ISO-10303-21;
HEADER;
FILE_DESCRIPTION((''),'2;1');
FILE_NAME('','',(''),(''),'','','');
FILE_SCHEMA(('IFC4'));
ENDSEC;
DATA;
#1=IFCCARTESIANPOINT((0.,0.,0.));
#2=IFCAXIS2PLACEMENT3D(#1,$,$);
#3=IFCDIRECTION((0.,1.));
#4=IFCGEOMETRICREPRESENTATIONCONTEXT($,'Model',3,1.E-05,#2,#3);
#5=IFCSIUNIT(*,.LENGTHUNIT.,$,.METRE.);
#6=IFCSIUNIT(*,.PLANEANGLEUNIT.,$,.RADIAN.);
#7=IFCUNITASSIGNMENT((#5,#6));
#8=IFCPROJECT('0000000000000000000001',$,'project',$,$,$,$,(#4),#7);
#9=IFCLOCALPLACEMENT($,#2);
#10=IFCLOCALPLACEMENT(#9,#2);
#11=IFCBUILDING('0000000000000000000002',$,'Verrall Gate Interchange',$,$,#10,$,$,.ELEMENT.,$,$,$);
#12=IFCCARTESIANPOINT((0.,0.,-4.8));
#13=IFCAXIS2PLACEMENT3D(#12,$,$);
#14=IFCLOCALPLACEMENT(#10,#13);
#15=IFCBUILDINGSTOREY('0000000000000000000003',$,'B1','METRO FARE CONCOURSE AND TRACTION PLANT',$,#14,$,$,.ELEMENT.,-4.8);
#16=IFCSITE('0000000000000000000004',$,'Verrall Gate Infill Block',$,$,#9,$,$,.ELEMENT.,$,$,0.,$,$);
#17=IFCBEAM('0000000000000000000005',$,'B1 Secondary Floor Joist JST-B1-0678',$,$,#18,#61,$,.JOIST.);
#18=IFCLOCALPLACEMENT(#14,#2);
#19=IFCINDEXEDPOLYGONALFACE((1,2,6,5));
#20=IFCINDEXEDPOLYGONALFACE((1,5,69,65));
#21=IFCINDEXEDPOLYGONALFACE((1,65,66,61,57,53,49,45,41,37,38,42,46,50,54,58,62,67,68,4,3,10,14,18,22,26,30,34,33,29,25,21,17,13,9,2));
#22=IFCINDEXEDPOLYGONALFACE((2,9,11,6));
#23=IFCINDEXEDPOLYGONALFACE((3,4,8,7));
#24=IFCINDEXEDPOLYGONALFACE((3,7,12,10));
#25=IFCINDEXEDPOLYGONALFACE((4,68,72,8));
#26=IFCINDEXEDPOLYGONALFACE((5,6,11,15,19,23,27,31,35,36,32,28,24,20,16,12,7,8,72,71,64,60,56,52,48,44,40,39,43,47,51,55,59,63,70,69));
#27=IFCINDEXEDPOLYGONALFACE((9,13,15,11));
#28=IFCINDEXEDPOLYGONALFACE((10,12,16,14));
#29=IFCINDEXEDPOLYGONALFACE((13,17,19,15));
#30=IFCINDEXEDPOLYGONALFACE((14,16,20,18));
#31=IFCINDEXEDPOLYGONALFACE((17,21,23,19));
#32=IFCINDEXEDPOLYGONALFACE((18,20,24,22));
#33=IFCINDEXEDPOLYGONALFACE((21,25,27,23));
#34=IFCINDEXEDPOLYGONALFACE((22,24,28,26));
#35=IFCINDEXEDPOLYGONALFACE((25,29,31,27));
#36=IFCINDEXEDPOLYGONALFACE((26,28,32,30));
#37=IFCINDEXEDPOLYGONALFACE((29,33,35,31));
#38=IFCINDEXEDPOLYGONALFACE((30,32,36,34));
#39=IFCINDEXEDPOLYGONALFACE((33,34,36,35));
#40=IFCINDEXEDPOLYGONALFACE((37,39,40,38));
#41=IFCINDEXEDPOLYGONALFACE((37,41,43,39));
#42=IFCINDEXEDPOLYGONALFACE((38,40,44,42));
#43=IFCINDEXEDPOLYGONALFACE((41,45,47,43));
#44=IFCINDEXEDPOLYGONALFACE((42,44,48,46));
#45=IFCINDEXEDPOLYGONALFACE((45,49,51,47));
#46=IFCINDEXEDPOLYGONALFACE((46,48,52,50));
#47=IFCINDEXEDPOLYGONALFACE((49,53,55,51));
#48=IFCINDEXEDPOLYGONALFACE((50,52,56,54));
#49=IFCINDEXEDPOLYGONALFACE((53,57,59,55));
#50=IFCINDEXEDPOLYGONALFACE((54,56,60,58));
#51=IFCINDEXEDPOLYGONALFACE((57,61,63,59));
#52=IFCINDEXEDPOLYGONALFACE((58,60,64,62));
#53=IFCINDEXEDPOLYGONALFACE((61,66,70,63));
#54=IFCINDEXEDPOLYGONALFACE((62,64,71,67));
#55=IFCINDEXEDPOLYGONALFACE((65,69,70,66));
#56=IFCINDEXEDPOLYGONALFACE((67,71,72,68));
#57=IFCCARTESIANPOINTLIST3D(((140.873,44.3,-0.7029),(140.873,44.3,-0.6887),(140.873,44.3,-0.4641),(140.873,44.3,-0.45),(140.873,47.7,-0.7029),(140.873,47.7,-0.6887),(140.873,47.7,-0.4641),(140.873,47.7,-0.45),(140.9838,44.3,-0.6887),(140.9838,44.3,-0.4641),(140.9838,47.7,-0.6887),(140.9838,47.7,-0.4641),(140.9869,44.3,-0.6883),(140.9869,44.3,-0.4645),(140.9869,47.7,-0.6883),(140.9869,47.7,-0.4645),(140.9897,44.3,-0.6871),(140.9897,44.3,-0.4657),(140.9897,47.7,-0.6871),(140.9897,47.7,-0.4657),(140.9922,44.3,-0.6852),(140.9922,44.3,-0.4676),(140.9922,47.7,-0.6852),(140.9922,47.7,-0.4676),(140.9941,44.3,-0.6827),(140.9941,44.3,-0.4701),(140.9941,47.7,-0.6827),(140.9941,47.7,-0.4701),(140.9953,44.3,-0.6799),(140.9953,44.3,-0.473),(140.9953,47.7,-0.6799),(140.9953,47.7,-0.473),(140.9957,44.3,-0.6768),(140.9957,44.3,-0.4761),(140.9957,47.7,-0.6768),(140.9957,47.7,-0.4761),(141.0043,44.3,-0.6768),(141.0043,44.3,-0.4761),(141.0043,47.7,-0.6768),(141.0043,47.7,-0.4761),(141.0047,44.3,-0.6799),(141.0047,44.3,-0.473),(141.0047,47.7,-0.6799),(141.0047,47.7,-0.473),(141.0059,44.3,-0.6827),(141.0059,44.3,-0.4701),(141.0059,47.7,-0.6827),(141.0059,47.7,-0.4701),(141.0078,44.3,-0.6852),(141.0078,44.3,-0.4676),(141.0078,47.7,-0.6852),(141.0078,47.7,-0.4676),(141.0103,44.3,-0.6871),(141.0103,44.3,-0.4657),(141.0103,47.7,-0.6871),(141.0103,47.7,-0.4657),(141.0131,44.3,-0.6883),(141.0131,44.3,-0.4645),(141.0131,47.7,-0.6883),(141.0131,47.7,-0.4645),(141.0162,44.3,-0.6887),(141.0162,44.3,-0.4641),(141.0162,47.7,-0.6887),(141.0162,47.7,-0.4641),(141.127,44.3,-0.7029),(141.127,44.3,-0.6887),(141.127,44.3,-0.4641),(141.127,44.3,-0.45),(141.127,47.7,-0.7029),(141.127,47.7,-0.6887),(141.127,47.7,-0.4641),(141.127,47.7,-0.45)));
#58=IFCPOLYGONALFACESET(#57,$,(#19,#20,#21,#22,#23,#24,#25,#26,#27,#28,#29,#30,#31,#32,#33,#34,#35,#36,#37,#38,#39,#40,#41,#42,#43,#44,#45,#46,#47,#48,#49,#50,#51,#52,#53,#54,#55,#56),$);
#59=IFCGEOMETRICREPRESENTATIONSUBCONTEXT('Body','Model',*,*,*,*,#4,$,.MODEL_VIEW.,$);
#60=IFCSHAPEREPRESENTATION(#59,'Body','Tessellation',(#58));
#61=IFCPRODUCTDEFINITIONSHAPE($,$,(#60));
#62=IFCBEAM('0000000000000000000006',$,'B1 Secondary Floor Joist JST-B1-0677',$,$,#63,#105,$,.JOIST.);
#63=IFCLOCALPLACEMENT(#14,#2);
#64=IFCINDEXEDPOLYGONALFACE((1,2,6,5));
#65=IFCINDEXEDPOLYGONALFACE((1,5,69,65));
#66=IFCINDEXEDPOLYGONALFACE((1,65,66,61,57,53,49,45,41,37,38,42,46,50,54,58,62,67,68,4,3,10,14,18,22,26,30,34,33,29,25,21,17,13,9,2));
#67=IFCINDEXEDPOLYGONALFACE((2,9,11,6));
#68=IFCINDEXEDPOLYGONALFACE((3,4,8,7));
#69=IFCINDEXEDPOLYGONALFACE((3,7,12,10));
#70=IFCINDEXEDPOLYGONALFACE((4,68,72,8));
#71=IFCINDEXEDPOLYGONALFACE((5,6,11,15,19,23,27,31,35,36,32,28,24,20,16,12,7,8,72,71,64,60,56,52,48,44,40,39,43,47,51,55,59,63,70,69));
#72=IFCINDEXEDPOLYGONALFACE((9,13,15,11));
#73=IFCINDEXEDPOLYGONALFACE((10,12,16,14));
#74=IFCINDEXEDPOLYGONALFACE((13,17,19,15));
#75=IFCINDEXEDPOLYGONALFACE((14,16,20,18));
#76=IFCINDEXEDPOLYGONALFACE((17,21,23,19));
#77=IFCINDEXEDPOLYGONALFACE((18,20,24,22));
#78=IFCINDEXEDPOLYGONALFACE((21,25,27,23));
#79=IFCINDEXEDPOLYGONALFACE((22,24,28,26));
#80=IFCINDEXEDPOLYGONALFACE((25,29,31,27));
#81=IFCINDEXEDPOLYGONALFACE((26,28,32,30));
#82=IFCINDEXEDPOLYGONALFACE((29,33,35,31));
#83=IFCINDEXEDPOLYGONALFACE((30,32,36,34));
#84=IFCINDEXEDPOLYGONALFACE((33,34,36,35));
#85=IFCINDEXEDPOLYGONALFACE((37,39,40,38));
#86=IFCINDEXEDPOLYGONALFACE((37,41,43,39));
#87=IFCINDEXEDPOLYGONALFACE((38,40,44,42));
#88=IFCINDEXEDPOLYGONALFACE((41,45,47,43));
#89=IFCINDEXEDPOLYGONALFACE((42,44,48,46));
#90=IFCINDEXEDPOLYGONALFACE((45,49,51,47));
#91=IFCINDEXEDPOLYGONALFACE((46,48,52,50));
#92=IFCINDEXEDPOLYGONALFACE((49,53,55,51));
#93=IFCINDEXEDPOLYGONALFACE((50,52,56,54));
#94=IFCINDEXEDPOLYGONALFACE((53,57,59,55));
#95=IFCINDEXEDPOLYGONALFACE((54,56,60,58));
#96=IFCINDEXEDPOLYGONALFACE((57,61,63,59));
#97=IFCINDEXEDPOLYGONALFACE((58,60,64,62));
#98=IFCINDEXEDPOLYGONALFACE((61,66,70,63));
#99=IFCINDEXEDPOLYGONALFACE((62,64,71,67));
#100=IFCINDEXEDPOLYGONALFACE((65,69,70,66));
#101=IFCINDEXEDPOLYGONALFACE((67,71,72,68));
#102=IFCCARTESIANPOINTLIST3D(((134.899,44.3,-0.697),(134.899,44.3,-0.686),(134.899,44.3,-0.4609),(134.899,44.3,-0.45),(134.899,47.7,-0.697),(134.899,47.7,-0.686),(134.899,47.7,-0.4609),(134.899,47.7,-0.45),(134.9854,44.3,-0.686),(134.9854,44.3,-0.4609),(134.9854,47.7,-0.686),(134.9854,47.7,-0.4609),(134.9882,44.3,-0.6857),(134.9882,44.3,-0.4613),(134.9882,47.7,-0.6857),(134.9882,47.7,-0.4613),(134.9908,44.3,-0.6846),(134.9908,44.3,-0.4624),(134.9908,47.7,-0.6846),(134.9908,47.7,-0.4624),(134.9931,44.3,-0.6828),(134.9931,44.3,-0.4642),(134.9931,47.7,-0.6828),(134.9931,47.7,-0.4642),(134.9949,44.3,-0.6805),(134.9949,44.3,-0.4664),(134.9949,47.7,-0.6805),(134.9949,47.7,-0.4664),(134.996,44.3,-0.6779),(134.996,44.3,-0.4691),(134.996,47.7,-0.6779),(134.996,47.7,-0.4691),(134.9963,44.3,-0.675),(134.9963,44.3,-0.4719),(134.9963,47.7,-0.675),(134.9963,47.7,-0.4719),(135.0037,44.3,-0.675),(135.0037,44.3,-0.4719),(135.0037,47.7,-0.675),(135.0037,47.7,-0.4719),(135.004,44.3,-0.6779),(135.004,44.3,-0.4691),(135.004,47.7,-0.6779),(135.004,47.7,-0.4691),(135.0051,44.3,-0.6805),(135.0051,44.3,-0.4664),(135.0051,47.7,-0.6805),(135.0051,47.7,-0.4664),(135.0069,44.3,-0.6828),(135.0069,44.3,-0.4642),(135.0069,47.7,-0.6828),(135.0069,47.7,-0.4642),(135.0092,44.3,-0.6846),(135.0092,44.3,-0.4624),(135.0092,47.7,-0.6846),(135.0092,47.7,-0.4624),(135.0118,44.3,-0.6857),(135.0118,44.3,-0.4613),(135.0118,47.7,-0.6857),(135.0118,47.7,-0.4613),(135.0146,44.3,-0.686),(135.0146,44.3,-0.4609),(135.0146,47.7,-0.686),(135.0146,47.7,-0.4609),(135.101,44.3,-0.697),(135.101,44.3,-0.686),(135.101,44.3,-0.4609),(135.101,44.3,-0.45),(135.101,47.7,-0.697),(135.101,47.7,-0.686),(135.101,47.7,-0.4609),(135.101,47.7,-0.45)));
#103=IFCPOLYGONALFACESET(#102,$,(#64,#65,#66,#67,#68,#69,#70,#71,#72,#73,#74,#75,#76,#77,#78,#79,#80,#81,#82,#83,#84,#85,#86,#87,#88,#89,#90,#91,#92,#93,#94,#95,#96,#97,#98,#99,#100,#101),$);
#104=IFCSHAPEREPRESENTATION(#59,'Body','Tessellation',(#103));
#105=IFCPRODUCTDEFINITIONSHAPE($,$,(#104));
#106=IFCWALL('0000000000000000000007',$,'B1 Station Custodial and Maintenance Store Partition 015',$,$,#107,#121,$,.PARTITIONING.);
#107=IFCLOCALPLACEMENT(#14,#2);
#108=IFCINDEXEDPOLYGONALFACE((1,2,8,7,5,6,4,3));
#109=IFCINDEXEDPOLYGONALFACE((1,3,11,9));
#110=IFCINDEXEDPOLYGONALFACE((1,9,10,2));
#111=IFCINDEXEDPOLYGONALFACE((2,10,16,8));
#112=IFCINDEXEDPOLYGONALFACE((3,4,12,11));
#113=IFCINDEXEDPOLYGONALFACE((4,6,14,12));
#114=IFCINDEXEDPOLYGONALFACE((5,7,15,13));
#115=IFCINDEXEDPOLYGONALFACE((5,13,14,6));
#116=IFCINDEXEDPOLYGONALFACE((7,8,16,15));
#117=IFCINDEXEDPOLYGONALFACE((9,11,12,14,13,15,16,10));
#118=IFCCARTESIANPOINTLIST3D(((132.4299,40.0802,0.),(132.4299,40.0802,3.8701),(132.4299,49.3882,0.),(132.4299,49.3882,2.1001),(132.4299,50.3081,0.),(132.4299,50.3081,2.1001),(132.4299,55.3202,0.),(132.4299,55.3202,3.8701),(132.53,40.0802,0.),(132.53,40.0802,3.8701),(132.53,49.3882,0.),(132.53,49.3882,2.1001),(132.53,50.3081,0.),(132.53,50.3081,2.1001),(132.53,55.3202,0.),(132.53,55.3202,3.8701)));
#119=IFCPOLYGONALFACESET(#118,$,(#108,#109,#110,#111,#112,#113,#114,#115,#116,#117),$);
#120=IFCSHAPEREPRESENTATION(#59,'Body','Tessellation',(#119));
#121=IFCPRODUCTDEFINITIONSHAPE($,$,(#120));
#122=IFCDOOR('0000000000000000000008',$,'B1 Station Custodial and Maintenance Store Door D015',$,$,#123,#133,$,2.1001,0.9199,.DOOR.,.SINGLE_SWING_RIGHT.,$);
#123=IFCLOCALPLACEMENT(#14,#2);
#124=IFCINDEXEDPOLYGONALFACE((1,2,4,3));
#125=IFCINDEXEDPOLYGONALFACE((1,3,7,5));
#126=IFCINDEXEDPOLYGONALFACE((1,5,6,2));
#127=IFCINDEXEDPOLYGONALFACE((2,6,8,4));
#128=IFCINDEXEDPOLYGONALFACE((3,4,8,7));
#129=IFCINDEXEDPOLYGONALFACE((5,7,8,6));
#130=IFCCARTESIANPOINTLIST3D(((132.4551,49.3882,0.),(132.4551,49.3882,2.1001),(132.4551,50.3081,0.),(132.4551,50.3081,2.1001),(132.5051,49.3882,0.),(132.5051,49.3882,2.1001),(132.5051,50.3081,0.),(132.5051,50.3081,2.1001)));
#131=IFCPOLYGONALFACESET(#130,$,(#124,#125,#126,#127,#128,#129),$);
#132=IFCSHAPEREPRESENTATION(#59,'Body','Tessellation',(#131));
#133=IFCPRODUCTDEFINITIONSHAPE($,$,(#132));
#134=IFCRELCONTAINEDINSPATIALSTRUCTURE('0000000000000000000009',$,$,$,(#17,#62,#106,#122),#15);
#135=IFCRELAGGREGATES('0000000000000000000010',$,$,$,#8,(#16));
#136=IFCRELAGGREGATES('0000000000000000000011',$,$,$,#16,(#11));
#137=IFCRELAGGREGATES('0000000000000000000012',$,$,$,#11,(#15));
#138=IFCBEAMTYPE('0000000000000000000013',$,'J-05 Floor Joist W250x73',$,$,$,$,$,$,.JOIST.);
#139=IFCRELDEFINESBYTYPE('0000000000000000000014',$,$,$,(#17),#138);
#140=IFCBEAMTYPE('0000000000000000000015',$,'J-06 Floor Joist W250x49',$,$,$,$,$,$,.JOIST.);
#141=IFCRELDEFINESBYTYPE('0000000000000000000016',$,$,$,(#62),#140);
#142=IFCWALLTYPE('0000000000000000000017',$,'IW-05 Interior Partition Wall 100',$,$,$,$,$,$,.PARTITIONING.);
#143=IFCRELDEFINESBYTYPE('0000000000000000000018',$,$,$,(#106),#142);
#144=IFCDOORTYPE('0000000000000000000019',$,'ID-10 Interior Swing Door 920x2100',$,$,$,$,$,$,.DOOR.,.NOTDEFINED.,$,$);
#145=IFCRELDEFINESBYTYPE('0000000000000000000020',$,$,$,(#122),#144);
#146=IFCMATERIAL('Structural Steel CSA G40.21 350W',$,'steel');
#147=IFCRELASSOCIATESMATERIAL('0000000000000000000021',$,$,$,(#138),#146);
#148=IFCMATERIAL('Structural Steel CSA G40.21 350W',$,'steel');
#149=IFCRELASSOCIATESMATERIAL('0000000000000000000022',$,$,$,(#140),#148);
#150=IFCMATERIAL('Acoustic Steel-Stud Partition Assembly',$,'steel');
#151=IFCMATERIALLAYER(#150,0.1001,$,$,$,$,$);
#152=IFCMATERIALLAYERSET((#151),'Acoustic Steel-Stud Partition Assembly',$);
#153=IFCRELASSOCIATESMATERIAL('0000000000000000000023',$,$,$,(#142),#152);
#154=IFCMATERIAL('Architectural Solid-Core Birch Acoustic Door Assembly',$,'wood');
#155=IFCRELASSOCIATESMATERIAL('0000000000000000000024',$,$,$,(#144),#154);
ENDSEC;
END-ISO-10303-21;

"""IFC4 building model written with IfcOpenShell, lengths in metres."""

from ifc_helpers import new_model, si_unit, direction, frame, frame_2d, origin, origin_2d, place, context, subcontext, project, spatial, rectangle, i_section, extrude, material, layer, layer_set, material_profile, profile_set, type_object, element, fill, save


model = new_model("IFC4")

# Units and contexts
model_context = context("Model", 3, precision=1e-05, world=origin(), true_north=direction((0.0, 1.0)))
body_context = subcontext(model_context, "Body", "Model", "MODEL_VIEW")
ifc_project = project(units=[si_unit("LENGTHUNIT", "METRE"), si_unit("PLANEANGLEUNIT", "RADIAN")], contexts=[model_context])

# Site, building, storey
site_placement = place(None, origin())
site = spatial("IfcSite", under=ifc_project, at=site_placement, Name="Verrall Gate Infill Block", CompositionType="ELEMENT", RefElevation=0.0)
building_placement = place(site_placement, origin())
building = spatial("IfcBuilding", under=site, at=building_placement, Name="Verrall Gate Interchange", CompositionType="ELEMENT")
storey_placement = place(building_placement, frame((0.0, 0.0, -4.8)))
storey = spatial("IfcBuildingStorey", under=building, at=storey_placement, Name="B1", Description="METRO FARE CONCOURSE AND TRACTION PLANT", CompositionType="ELEMENT", Elevation=-4.8)

# Beams
ifc_material_1 = material(Name="Structural Steel CSA G40.21 350W", Category="steel")
ifc_material_profile_1 = material_profile(ifc_material_1, i_section(OverallWidth=0.2539, OverallDepth=0.2529, WebThickness=0.0085, FlangeThickness=0.0142, FilletRadius=0.012, at=origin_2d()), Name="W250x73")
ifc_profile_set_1 = profile_set([ifc_material_profile_1], Name="Structural Steel CSA G40.21 350W")
beam_type_1 = type_object("IfcBeamType", Name="J-05 Floor Joist W250x73", PredefinedType="JOIST", material=ifc_profile_set_1)
beam_1_placement = place(storey_placement, frame((141.0, 44.3, -0.5764), z_axis=(0.0, 1.0, 0.0), x_axis=(-1.0, 0.0, 0.0)))
element("IfcBeam", 1, at=beam_1_placement, inside=storey, type_object=beam_type_1, Name="B1 Secondary Floor Joist JST-B1-0678", PredefinedType="JOIST", context=body_context, shape_type="SweptSolid", body=[
    extrude(i_section(OverallWidth=0.2539, OverallDepth=0.2529, WebThickness=0.0085, FlangeThickness=0.0142, FilletRadius=0.012, at=origin_2d()), origin(), (0.0, 0.0, 1.0), 3.3999),
])
ifc_material_2 = material(Name="Structural Steel CSA G40.21 350W", Category="steel")
ifc_material_profile_2 = material_profile(ifc_material_2, i_section(OverallWidth=0.2019, OverallDepth=0.2471, WebThickness=0.0073, FlangeThickness=0.011, FilletRadius=0.011, at=origin_2d()), Name="W250x49")
ifc_profile_set_2 = profile_set([ifc_material_profile_2], Name="Structural Steel CSA G40.21 350W")
beam_type_2 = type_object("IfcBeamType", Name="J-06 Floor Joist W250x49", PredefinedType="JOIST", material=ifc_profile_set_2)
beam_2_placement = place(storey_placement, frame((135.0, 44.3, -0.5735), z_axis=(0.0, 1.0, 0.0), x_axis=(-1.0, 0.0, 0.0)))
element("IfcBeam", 2, at=beam_2_placement, inside=storey, type_object=beam_type_2, Name="B1 Secondary Floor Joist JST-B1-0677", PredefinedType="JOIST", context=body_context, shape_type="SweptSolid", body=[
    extrude(i_section(OverallWidth=0.2019, OverallDepth=0.2471, WebThickness=0.0073, FlangeThickness=0.011, FilletRadius=0.011, at=origin_2d()), origin(), (0.0, 0.0, 1.0), 3.3999),
])

# Wall, opening, door
ifc_material_3 = material(Name="Acoustic Steel-Stud Partition Assembly", Category="steel")
ifc_layer = layer(ifc_material_3, 0.1001)
ifc_layer_set = layer_set([ifc_layer], Name="Acoustic Steel-Stud Partition Assembly")
wall_type = type_object("IfcWallType", Name="IW-05 Interior Partition Wall 100", PredefinedType="PARTITIONING", material=ifc_layer_set)
wall_placement = place(storey_placement, frame((132.48, 40.0801, 0.0), z_axis=(0.0, 0.0, 1.0), x_axis=(0.0, 1.0, 0.0)))
wall = element("IfcWall", 3, at=wall_placement, inside=storey, type_object=wall_type, Name="B1 Station Custodial and Maintenance Store Partition 015", PredefinedType="PARTITIONING", context=body_context, shape_type="SweptSolid", body=[
    extrude(rectangle(XDim=15.24, YDim=0.1001, at=frame_2d((7.6201, 0.0))), origin(), (0.0, 0.0, 1.0), 3.8701),
])
opening_placement = place(wall_placement, frame((9.3081, 0.0, 0.0)))
opening = element("IfcOpeningElement", 4, at=opening_placement, cuts=wall, PredefinedType="OPENING", context=body_context, shape_type="SweptSolid", body=[
    extrude(rectangle(XDim=0.9199, YDim=2.1001, at=frame_2d((0.46, 1.05))), frame((0.0, 0.0649, 0.0), z_axis=(0.0, -1.0, 0.0), x_axis=(1.0, 0.0, 0.0)), (0.0, 0.0, 1.0), 0.1299),
])
ifc_material_4 = material(Name="Architectural Solid-Core Birch Acoustic Door Assembly", Category="wood")
door_type = type_object("IfcDoorType", Name="ID-10 Interior Swing Door 920x2100", OperationType="NOTDEFINED", PredefinedType="DOOR", material=ifc_material_4)
door_placement = place(opening_placement, origin())
door = element("IfcDoor", 5, at=door_placement, inside=storey, type_object=door_type, Name="B1 Station Custodial and Maintenance Store Door D015", OperationType="SINGLE_SWING_RIGHT", OverallHeight=2.1001, OverallWidth=0.9199, PredefinedType="DOOR", context=body_context, shape_type="SweptSolid", body=[
    extrude(rectangle(XDim=0.9199, YDim=2.1001, at=frame_2d((0.46, 1.05))), frame((0.0, 0.0249, 0.0), z_axis=(0.0, -1.0, 0.0), x_axis=(1.0, 0.0, 0.0)), (0.0, 0.0, 1.0), 0.05),
])
fill(opening, door)

save(model, "model.ifc")
